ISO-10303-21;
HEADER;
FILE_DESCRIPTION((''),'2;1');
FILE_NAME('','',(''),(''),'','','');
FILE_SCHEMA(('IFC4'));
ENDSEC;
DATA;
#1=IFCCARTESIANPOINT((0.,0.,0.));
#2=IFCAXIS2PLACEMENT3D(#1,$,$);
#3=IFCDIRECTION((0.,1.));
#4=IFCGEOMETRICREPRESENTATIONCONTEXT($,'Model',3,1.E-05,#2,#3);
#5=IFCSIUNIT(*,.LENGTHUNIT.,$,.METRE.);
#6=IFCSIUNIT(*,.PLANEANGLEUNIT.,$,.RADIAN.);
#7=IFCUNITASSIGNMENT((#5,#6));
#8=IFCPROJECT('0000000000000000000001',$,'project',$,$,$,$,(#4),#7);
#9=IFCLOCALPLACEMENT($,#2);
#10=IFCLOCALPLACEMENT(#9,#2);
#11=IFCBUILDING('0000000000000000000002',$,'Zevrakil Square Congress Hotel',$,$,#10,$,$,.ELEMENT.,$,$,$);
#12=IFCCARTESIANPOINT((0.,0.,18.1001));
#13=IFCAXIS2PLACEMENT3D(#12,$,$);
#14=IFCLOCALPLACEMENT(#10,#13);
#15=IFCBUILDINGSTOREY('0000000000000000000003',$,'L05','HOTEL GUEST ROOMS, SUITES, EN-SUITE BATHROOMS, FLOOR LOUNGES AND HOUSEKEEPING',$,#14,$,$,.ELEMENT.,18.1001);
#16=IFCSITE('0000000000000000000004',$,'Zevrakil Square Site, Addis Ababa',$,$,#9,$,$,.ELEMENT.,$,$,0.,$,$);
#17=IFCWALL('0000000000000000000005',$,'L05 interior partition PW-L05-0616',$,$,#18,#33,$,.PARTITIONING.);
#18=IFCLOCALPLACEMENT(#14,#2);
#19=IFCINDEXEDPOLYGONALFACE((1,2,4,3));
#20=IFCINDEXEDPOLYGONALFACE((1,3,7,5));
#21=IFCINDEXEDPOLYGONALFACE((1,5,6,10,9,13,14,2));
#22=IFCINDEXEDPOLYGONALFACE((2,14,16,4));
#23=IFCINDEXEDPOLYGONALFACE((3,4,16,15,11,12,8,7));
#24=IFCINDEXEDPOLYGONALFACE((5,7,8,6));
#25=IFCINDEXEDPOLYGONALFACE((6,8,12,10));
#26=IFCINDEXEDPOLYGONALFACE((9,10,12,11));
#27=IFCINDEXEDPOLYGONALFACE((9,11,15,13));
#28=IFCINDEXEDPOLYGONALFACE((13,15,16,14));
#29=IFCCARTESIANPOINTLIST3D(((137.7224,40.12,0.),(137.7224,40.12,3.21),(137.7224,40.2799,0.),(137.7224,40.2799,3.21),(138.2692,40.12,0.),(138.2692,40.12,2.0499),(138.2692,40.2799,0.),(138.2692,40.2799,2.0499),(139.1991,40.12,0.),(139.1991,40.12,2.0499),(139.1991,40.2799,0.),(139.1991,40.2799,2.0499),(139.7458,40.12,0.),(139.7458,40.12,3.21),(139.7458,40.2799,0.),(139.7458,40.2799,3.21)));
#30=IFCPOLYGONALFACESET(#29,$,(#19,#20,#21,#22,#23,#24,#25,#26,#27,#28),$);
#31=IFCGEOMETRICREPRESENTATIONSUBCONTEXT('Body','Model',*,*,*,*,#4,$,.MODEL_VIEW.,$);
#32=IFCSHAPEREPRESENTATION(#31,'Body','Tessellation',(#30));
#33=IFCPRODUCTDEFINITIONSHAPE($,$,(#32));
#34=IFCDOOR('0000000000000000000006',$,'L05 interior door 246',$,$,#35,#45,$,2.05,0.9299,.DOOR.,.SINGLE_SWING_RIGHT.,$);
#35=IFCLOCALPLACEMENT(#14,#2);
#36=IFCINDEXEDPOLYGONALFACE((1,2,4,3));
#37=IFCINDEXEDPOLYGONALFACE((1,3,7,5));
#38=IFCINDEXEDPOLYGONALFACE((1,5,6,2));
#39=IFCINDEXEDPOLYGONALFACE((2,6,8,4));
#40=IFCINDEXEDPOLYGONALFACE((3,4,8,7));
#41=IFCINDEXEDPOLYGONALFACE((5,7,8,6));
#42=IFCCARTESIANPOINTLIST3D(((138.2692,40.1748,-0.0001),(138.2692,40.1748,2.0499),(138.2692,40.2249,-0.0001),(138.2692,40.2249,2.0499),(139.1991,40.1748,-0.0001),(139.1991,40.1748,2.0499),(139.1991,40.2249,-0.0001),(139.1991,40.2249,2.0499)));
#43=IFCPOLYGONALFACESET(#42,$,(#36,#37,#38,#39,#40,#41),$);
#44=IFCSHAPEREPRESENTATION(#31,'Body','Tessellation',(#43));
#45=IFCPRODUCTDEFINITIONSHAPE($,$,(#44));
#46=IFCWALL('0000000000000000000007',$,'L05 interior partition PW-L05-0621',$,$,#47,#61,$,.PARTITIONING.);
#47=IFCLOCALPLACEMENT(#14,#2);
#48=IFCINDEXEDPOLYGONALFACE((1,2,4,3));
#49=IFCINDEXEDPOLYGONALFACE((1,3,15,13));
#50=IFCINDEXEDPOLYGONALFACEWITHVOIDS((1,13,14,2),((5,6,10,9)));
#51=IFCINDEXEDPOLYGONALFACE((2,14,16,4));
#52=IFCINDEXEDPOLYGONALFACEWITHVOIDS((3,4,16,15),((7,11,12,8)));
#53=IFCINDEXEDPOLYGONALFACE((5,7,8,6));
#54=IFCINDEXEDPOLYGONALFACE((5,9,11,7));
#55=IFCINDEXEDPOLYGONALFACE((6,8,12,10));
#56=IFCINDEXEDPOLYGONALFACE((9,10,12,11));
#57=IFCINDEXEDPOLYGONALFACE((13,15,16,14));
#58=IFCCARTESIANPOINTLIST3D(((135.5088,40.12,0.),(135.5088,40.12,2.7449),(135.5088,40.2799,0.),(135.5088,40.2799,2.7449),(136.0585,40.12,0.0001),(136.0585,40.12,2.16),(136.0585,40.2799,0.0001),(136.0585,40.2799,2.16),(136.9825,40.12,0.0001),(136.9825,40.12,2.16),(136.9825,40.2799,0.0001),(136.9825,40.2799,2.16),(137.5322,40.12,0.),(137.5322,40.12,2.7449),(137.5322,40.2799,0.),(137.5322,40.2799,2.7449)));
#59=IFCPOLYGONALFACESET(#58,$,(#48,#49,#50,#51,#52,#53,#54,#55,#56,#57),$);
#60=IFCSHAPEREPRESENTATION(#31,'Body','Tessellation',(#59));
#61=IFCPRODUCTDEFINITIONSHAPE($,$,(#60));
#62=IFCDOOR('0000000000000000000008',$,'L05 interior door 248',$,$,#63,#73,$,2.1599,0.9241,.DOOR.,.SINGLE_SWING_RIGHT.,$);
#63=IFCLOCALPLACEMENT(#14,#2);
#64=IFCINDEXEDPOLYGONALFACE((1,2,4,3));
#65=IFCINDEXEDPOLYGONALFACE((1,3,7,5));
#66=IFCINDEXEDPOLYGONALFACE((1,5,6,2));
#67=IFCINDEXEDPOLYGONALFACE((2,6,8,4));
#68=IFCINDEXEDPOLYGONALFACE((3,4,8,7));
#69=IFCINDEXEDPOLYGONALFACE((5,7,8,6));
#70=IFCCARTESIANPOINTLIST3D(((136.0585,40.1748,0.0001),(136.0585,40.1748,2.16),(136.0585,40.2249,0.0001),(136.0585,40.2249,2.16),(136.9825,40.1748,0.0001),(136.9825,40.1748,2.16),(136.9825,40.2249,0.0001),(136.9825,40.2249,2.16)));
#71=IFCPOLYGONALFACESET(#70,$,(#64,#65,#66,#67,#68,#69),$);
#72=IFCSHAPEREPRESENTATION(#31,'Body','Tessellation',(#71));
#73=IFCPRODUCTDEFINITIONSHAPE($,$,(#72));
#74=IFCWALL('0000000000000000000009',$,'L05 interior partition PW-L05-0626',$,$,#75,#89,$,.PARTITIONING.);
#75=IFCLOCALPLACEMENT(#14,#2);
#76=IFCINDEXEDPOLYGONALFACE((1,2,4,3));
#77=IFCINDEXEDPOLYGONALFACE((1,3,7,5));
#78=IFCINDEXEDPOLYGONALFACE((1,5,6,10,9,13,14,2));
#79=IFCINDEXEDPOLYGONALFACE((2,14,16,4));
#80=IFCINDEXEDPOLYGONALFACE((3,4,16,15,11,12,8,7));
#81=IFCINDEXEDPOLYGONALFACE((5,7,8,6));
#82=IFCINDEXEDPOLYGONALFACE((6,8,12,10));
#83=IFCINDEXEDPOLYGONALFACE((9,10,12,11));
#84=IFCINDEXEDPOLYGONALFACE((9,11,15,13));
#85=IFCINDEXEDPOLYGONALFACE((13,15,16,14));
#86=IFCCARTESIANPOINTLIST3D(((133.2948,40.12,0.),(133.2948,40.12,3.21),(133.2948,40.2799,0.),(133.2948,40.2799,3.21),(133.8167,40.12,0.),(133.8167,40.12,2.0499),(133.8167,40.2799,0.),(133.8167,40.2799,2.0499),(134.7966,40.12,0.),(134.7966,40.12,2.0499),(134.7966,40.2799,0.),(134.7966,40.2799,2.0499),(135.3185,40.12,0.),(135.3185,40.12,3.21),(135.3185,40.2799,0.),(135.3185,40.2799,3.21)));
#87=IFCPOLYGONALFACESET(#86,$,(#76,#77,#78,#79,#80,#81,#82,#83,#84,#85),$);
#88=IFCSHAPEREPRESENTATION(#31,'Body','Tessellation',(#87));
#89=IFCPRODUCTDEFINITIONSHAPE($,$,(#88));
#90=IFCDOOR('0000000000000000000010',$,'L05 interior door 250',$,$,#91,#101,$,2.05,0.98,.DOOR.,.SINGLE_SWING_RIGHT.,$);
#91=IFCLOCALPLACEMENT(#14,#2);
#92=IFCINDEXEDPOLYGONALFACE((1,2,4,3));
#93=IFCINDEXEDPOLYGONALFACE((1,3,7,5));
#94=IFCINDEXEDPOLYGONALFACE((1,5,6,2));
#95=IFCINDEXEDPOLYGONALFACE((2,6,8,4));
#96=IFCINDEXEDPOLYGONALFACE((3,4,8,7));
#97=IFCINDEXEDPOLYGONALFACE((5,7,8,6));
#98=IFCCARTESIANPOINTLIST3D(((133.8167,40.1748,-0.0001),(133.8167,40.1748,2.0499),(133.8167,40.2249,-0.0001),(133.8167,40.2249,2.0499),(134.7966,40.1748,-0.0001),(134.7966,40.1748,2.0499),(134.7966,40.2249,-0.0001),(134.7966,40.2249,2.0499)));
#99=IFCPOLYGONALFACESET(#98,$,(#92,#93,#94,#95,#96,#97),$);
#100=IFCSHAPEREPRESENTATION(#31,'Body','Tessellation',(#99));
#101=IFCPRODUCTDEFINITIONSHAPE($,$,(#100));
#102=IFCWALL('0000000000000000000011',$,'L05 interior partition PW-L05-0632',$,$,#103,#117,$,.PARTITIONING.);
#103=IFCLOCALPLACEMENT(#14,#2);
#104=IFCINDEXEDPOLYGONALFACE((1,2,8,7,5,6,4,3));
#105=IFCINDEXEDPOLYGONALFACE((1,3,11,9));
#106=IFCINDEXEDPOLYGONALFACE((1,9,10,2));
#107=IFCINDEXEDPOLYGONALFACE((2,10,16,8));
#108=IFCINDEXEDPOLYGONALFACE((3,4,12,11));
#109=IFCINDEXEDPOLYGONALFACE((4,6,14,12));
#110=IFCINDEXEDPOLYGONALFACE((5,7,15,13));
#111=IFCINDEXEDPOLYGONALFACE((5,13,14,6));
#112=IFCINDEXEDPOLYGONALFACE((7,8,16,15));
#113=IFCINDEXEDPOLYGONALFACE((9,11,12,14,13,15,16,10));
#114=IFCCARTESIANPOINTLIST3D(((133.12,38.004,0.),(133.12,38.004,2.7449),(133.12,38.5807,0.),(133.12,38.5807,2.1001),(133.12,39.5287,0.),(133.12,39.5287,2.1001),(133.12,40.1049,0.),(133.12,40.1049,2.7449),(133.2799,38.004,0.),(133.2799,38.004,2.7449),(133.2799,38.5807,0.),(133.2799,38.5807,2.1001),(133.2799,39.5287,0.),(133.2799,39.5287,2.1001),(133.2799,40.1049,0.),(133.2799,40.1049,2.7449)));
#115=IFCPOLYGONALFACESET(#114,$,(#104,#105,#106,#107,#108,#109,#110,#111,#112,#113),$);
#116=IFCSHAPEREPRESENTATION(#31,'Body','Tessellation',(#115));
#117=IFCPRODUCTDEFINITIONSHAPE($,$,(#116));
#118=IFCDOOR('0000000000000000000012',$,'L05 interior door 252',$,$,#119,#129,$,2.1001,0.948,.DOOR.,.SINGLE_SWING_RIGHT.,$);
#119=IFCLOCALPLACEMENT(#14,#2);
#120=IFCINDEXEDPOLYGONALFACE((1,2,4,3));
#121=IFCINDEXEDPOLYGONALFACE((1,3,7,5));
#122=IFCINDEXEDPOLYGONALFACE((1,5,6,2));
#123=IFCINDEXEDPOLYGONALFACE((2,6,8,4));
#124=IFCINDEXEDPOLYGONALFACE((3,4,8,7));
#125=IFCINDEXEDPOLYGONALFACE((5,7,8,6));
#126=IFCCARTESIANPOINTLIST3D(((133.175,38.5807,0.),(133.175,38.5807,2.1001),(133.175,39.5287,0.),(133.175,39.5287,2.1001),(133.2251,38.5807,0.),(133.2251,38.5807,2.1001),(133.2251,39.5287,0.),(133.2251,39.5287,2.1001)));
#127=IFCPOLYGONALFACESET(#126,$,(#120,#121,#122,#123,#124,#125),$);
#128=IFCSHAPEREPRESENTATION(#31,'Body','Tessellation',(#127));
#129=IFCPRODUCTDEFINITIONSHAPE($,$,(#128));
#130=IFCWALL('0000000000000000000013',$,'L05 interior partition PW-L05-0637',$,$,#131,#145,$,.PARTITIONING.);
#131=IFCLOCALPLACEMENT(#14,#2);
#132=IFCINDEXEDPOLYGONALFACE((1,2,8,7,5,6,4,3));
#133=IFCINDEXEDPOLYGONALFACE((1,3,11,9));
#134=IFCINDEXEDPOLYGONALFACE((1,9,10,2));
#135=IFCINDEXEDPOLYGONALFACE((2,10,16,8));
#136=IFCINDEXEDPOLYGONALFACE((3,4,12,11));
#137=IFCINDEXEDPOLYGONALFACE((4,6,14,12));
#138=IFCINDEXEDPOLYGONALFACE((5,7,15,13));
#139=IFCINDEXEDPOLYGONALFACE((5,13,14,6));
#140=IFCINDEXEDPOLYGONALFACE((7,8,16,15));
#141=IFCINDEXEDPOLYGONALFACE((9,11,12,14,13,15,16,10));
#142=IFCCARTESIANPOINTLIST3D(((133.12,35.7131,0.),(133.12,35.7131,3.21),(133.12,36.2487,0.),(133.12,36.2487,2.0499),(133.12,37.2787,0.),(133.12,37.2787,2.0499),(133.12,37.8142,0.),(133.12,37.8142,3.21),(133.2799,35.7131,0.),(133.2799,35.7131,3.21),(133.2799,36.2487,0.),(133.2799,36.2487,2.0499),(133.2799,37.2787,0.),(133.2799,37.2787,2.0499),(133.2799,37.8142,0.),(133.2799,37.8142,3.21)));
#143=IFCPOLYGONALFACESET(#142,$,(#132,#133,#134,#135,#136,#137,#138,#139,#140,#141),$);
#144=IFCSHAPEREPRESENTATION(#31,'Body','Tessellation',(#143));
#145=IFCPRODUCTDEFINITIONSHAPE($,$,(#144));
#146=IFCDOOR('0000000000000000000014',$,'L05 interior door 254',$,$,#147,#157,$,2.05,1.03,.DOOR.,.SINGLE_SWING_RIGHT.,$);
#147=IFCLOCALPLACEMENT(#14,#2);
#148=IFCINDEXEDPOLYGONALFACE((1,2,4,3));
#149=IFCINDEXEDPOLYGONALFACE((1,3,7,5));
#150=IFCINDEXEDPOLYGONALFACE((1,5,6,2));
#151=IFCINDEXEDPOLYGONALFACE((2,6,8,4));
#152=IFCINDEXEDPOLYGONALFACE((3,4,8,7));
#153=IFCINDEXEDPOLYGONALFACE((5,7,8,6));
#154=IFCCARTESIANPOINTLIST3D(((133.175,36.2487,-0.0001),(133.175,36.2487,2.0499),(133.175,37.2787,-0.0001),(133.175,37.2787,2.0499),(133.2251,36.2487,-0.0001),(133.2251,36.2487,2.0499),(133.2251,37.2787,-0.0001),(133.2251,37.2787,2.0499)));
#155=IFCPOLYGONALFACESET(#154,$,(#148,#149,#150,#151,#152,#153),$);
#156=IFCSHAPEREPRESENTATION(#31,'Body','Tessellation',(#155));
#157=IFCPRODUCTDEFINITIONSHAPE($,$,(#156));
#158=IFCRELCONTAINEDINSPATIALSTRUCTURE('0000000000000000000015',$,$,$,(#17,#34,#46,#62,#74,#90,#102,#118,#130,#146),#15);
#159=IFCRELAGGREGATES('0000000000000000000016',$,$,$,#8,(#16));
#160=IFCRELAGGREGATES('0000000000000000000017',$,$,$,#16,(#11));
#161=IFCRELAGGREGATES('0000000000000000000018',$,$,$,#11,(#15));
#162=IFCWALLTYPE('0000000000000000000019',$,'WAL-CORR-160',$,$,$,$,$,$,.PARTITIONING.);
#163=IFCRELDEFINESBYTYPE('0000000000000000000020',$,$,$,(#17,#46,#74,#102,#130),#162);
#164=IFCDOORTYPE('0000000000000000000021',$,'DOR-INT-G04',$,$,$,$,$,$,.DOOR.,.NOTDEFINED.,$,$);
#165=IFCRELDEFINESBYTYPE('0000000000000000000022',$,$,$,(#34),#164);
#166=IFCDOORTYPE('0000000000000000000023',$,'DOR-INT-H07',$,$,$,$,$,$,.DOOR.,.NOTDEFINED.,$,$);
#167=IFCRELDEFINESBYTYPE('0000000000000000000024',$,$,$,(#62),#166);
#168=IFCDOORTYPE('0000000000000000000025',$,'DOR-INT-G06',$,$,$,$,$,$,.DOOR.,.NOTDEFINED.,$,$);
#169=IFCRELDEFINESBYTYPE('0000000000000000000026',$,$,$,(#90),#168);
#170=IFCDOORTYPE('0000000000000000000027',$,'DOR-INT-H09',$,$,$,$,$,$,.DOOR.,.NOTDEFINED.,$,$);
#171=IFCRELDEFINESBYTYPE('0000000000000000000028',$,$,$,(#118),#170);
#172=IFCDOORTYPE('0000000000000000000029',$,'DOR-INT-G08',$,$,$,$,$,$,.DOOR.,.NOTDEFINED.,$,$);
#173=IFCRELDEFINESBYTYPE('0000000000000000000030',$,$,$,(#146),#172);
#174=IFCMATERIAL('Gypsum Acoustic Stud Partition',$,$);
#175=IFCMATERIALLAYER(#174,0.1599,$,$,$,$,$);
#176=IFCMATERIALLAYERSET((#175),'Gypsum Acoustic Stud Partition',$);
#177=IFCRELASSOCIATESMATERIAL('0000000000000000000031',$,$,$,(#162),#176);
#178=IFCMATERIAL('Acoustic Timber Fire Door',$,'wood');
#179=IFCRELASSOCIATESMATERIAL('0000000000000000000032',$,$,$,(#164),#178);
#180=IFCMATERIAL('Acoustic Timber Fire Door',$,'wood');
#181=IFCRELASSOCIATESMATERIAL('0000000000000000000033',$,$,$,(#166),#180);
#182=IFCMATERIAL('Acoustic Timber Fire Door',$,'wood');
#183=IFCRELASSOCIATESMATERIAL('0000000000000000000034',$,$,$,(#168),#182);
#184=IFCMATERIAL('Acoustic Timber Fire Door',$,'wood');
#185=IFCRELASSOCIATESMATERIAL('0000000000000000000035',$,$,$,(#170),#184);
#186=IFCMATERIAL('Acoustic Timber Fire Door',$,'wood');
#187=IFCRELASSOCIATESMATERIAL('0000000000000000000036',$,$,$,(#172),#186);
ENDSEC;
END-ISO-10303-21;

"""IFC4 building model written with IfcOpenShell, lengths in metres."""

from ifc_helpers import new_model, si_unit, direction, frame, frame_2d, origin, place, context, subcontext, project, spatial, rectangle, extrude, material, layer, layer_set, type_object, element, fill, save


model = new_model("IFC4")

# Units and contexts
model_context = context("Model", 3, precision=1e-05, world=origin(), true_north=direction((0.0, 1.0)))
body_context = subcontext(model_context, "Body", "Model", "MODEL_VIEW")
ifc_project = project(units=[si_unit("LENGTHUNIT", "METRE"), si_unit("PLANEANGLEUNIT", "RADIAN")], contexts=[model_context])

# Site, building, storey
site_placement = place(None, origin())
site = spatial("IfcSite", under=ifc_project, at=site_placement, Name="Zevrakil Square Site, Addis Ababa", CompositionType="ELEMENT", RefElevation=0.0)
building_placement = place(site_placement, origin())
building = spatial("IfcBuilding", under=site, at=building_placement, Name="Zevrakil Square Congress Hotel", CompositionType="ELEMENT")
storey_placement = place(building_placement, frame((0.0, 0.0, 18.1001)))
storey = spatial("IfcBuildingStorey", under=building, at=storey_placement, Name="L05", Description="HOTEL GUEST ROOMS, SUITES, EN-SUITE BATHROOMS, FLOOR LOUNGES AND HOUSEKEEPING", CompositionType="ELEMENT", Elevation=18.1001)

# Shared definitions
ifc_material_1 = material(Name="Gypsum Acoustic Stud Partition")
ifc_layer_1 = layer(ifc_material_1, 0.1599)
ifc_layer_set_1 = layer_set([ifc_layer_1], Name="Gypsum Acoustic Stud Partition")
wall_type_1 = type_object("IfcWallType", Name="WAL-CORR-160", PredefinedType="PARTITIONING", material=ifc_layer_set_1)

# Walls, openings, doors
wall_1_placement = place(storey_placement, frame((137.7224, 40.2, 0.0), z_axis=(0.0, 0.0, 1.0), x_axis=(1.0, 0.0, 0.0)))
wall_1 = element("IfcWall", 1, at=wall_1_placement, inside=storey, type_object=wall_type_1, Name="L05 interior partition PW-L05-0616", PredefinedType="PARTITIONING", context=body_context, shape_type="SweptSolid", body=[
    extrude(rectangle(XDim=2.0234, YDim=0.1599, at=frame_2d((1.0117, 0.0))), origin(), (0.0, 0.0, 1.0), 3.21),
])
opening_1_placement = place(wall_1_placement, frame((0.5469, 0.0, 0.0)))
opening_1 = element("IfcOpeningElement", 2, at=opening_1_placement, cuts=wall_1, PredefinedType="OPENING", context=body_context, shape_type="SweptSolid", body=[
    extrude(rectangle(XDim=0.9299, YDim=2.05, at=frame_2d((0.4648, 1.0249))), frame((0.0, 0.0898, 0.0), z_axis=(0.0, -1.0, 0.0), x_axis=(1.0, 0.0, 0.0)), (0.0, 0.0, 1.0), 0.1799),
])
ifc_material_2 = material(Name="Acoustic Timber Fire Door", Category="wood")
door_type_1 = type_object("IfcDoorType", Name="DOR-INT-G04", OperationType="NOTDEFINED", PredefinedType="DOOR", material=ifc_material_2)
door_1_placement = place(opening_1_placement, origin())
door_1 = element("IfcDoor", 3, at=door_1_placement, inside=storey, type_object=door_type_1, Name="L05 interior door 246", OperationType="SINGLE_SWING_RIGHT", OverallHeight=2.05, OverallWidth=0.9299, PredefinedType="DOOR", context=body_context, shape_type="SweptSolid", body=[
    extrude(rectangle(XDim=0.9299, YDim=2.05, at=frame_2d((0.4648, 1.0249))), frame((0.0, 0.0249, 0.0), z_axis=(0.0, -1.0, 0.0), x_axis=(1.0, 0.0, 0.0)), (0.0, 0.0, 1.0), 0.05),
])
fill(opening_1, door_1)
wall_2_placement = place(storey_placement, frame((135.5088, 40.2, 0.0), z_axis=(0.0, 0.0, 1.0), x_axis=(1.0, 0.0, 0.0)))
wall_2 = element("IfcWall", 4, at=wall_2_placement, inside=storey, type_object=wall_type_1, Name="L05 interior partition PW-L05-0621", PredefinedType="PARTITIONING", context=body_context, shape_type="SweptSolid", body=[
    extrude(rectangle(XDim=2.0234, YDim=0.1599, at=frame_2d((1.0117, 0.0))), origin(), (0.0, 0.0, 1.0), 2.7449),
])
opening_2_placement = place(wall_2_placement, frame((0.5498, 0.0, 0.0)))
opening_2 = element("IfcOpeningElement", 5, at=opening_2_placement, cuts=wall_2, PredefinedType="OPENING", context=body_context, shape_type="SweptSolid", body=[
    extrude(rectangle(XDim=0.9241, YDim=2.1599, at=frame_2d((0.4619, 1.0801))), frame((0.0, 0.0898, 0.0), z_axis=(0.0, -1.0, 0.0), x_axis=(1.0, 0.0, 0.0)), (0.0, 0.0, 1.0), 0.1799),
])
ifc_material_3 = material(Name="Acoustic Timber Fire Door", Category="wood")
door_type_2 = type_object("IfcDoorType", Name="DOR-INT-H07", OperationType="NOTDEFINED", PredefinedType="DOOR", material=ifc_material_3)
door_2_placement = place(opening_2_placement, origin())
door_2 = element("IfcDoor", 6, at=door_2_placement, inside=storey, type_object=door_type_2, Name="L05 interior door 248", OperationType="SINGLE_SWING_RIGHT", OverallHeight=2.1599, OverallWidth=0.9241, PredefinedType="DOOR", context=body_context, shape_type="SweptSolid", body=[
    extrude(rectangle(XDim=0.9241, YDim=2.1599, at=frame_2d((0.4619, 1.0801))), frame((0.0, 0.0249, 0.0), z_axis=(0.0, -1.0, 0.0), x_axis=(1.0, 0.0, 0.0)), (0.0, 0.0, 1.0), 0.05),
])
fill(opening_2, door_2)
wall_3_placement = place(storey_placement, frame((133.2949, 40.2, 0.0), z_axis=(0.0, 0.0, 1.0), x_axis=(1.0, 0.0, 0.0)))
wall_3 = element("IfcWall", 7, at=wall_3_placement, inside=storey, type_object=wall_type_1, Name="L05 interior partition PW-L05-0626", PredefinedType="PARTITIONING", context=body_context, shape_type="SweptSolid", body=[
    extrude(rectangle(XDim=2.0237, YDim=0.1599, at=frame_2d((1.0117, 0.0))), origin(), (0.0, 0.0, 1.0), 3.21),
])
opening_3_placement = place(wall_3_placement, frame((0.5217, 0.0, 0.0)))
opening_3 = element("IfcOpeningElement", 8, at=opening_3_placement, cuts=wall_3, PredefinedType="OPENING", context=body_context, shape_type="SweptSolid", body=[
    extrude(rectangle(XDim=0.98, YDim=2.05, at=frame_2d((0.49, 1.0249))), frame((0.0, 0.0898, 0.0), z_axis=(0.0, -1.0, 0.0), x_axis=(1.0, 0.0, 0.0)), (0.0, 0.0, 1.0), 0.1799),
])
ifc_material_4 = material(Name="Acoustic Timber Fire Door", Category="wood")
door_type_3 = type_object("IfcDoorType", Name="DOR-INT-G06", OperationType="NOTDEFINED", PredefinedType="DOOR", material=ifc_material_4)
door_3_placement = place(opening_3_placement, origin())
door_3 = element("IfcDoor", 9, at=door_3_placement, inside=storey, type_object=door_type_3, Name="L05 interior door 250", OperationType="SINGLE_SWING_RIGHT", OverallHeight=2.05, OverallWidth=0.98, PredefinedType="DOOR", context=body_context, shape_type="SweptSolid", body=[
    extrude(rectangle(XDim=0.98, YDim=2.05, at=frame_2d((0.49, 1.0249))), frame((0.0, 0.0249, 0.0), z_axis=(0.0, -1.0, 0.0), x_axis=(1.0, 0.0, 0.0)), (0.0, 0.0, 1.0), 0.05),
])
fill(opening_3, door_3)
wall_4_placement = place(storey_placement, frame((133.2, 38.0042, 0.0), z_axis=(0.0, 0.0, 1.0), x_axis=(0.0, 1.0, 0.0)))
wall_4 = element("IfcWall", 10, at=wall_4_placement, inside=storey, type_object=wall_type_1, Name="L05 interior partition PW-L05-0632", PredefinedType="PARTITIONING", context=body_context, shape_type="SweptSolid", body=[
    extrude(rectangle(XDim=2.1008, YDim=0.1599, at=frame_2d((1.0503, 0.0))), origin(), (0.0, 0.0, 1.0), 2.7449),
])
opening_4_placement = place(wall_4_placement, frame((0.5764, 0.0, 0.0)))
opening_4 = element("IfcOpeningElement", 11, at=opening_4_placement, cuts=wall_4, PredefinedType="OPENING", context=body_context, shape_type="SweptSolid", body=[
    extrude(rectangle(XDim=0.948, YDim=2.1001, at=frame_2d((0.4741, 1.05))), frame((0.0, 0.0898, 0.0), z_axis=(0.0, -1.0, 0.0), x_axis=(1.0, 0.0, 0.0)), (0.0, 0.0, 1.0), 0.1799),
])
ifc_material_5 = material(Name="Acoustic Timber Fire Door", Category="wood")
door_type_4 = type_object("IfcDoorType", Name="DOR-INT-H09", OperationType="NOTDEFINED", PredefinedType="DOOR", material=ifc_material_5)
door_4_placement = place(opening_4_placement, origin())
door_4 = element("IfcDoor", 12, at=door_4_placement, inside=storey, type_object=door_type_4, Name="L05 interior door 252", OperationType="SINGLE_SWING_RIGHT", OverallHeight=2.1001, OverallWidth=0.948, PredefinedType="DOOR", context=body_context, shape_type="SweptSolid", body=[
    extrude(rectangle(XDim=0.948, YDim=2.1001, at=frame_2d((0.4741, 1.05))), frame((0.0, 0.0249, 0.0), z_axis=(0.0, -1.0, 0.0), x_axis=(1.0, 0.0, 0.0)), (0.0, 0.0, 1.0), 0.05),
])
fill(opening_4, door_4)
wall_5_placement = place(storey_placement, frame((133.2, 35.7131, 0.0), z_axis=(0.0, 0.0, 1.0), x_axis=(0.0, 1.0, 0.0)))
wall_5 = element("IfcWall", 13, at=wall_5_placement, inside=storey, type_object=wall_type_1, Name="L05 interior partition PW-L05-0637", PredefinedType="PARTITIONING", context=body_context, shape_type="SweptSolid", body=[
    extrude(rectangle(XDim=2.1011, YDim=0.1599, at=frame_2d((1.0505, 0.0))), origin(), (0.0, 0.0, 1.0), 3.21),
])
opening_5_placement = place(wall_5_placement, frame((0.5354, 0.0, 0.0)))
opening_5 = element("IfcOpeningElement", 14, at=opening_5_placement, cuts=wall_5, PredefinedType="OPENING", context=body_context, shape_type="SweptSolid", body=[
    extrude(rectangle(XDim=1.03, YDim=2.05, at=frame_2d((0.5151, 1.0249))), frame((0.0, 0.0898, 0.0), z_axis=(0.0, -1.0, 0.0), x_axis=(1.0, 0.0, 0.0)), (0.0, 0.0, 1.0), 0.1799),
])
ifc_material_6 = material(Name="Acoustic Timber Fire Door", Category="wood")
door_type_5 = type_object("IfcDoorType", Name="DOR-INT-G08", OperationType="NOTDEFINED", PredefinedType="DOOR", material=ifc_material_6)
door_5_placement = place(opening_5_placement, origin())
door_5 = element("IfcDoor", 15, at=door_5_placement, inside=storey, type_object=door_type_5, Name="L05 interior door 254", OperationType="SINGLE_SWING_RIGHT", OverallHeight=2.05, OverallWidth=1.03, PredefinedType="DOOR", context=body_context, shape_type="SweptSolid", body=[
    extrude(rectangle(XDim=1.03, YDim=2.05, at=frame_2d((0.5151, 1.0249))), frame((0.0, 0.0249, 0.0), z_axis=(0.0, -1.0, 0.0), x_axis=(1.0, 0.0, 0.0)), (0.0, 0.0, 1.0), 0.05),
])
fill(opening_5, door_5)

save(model, "model.ifc")
